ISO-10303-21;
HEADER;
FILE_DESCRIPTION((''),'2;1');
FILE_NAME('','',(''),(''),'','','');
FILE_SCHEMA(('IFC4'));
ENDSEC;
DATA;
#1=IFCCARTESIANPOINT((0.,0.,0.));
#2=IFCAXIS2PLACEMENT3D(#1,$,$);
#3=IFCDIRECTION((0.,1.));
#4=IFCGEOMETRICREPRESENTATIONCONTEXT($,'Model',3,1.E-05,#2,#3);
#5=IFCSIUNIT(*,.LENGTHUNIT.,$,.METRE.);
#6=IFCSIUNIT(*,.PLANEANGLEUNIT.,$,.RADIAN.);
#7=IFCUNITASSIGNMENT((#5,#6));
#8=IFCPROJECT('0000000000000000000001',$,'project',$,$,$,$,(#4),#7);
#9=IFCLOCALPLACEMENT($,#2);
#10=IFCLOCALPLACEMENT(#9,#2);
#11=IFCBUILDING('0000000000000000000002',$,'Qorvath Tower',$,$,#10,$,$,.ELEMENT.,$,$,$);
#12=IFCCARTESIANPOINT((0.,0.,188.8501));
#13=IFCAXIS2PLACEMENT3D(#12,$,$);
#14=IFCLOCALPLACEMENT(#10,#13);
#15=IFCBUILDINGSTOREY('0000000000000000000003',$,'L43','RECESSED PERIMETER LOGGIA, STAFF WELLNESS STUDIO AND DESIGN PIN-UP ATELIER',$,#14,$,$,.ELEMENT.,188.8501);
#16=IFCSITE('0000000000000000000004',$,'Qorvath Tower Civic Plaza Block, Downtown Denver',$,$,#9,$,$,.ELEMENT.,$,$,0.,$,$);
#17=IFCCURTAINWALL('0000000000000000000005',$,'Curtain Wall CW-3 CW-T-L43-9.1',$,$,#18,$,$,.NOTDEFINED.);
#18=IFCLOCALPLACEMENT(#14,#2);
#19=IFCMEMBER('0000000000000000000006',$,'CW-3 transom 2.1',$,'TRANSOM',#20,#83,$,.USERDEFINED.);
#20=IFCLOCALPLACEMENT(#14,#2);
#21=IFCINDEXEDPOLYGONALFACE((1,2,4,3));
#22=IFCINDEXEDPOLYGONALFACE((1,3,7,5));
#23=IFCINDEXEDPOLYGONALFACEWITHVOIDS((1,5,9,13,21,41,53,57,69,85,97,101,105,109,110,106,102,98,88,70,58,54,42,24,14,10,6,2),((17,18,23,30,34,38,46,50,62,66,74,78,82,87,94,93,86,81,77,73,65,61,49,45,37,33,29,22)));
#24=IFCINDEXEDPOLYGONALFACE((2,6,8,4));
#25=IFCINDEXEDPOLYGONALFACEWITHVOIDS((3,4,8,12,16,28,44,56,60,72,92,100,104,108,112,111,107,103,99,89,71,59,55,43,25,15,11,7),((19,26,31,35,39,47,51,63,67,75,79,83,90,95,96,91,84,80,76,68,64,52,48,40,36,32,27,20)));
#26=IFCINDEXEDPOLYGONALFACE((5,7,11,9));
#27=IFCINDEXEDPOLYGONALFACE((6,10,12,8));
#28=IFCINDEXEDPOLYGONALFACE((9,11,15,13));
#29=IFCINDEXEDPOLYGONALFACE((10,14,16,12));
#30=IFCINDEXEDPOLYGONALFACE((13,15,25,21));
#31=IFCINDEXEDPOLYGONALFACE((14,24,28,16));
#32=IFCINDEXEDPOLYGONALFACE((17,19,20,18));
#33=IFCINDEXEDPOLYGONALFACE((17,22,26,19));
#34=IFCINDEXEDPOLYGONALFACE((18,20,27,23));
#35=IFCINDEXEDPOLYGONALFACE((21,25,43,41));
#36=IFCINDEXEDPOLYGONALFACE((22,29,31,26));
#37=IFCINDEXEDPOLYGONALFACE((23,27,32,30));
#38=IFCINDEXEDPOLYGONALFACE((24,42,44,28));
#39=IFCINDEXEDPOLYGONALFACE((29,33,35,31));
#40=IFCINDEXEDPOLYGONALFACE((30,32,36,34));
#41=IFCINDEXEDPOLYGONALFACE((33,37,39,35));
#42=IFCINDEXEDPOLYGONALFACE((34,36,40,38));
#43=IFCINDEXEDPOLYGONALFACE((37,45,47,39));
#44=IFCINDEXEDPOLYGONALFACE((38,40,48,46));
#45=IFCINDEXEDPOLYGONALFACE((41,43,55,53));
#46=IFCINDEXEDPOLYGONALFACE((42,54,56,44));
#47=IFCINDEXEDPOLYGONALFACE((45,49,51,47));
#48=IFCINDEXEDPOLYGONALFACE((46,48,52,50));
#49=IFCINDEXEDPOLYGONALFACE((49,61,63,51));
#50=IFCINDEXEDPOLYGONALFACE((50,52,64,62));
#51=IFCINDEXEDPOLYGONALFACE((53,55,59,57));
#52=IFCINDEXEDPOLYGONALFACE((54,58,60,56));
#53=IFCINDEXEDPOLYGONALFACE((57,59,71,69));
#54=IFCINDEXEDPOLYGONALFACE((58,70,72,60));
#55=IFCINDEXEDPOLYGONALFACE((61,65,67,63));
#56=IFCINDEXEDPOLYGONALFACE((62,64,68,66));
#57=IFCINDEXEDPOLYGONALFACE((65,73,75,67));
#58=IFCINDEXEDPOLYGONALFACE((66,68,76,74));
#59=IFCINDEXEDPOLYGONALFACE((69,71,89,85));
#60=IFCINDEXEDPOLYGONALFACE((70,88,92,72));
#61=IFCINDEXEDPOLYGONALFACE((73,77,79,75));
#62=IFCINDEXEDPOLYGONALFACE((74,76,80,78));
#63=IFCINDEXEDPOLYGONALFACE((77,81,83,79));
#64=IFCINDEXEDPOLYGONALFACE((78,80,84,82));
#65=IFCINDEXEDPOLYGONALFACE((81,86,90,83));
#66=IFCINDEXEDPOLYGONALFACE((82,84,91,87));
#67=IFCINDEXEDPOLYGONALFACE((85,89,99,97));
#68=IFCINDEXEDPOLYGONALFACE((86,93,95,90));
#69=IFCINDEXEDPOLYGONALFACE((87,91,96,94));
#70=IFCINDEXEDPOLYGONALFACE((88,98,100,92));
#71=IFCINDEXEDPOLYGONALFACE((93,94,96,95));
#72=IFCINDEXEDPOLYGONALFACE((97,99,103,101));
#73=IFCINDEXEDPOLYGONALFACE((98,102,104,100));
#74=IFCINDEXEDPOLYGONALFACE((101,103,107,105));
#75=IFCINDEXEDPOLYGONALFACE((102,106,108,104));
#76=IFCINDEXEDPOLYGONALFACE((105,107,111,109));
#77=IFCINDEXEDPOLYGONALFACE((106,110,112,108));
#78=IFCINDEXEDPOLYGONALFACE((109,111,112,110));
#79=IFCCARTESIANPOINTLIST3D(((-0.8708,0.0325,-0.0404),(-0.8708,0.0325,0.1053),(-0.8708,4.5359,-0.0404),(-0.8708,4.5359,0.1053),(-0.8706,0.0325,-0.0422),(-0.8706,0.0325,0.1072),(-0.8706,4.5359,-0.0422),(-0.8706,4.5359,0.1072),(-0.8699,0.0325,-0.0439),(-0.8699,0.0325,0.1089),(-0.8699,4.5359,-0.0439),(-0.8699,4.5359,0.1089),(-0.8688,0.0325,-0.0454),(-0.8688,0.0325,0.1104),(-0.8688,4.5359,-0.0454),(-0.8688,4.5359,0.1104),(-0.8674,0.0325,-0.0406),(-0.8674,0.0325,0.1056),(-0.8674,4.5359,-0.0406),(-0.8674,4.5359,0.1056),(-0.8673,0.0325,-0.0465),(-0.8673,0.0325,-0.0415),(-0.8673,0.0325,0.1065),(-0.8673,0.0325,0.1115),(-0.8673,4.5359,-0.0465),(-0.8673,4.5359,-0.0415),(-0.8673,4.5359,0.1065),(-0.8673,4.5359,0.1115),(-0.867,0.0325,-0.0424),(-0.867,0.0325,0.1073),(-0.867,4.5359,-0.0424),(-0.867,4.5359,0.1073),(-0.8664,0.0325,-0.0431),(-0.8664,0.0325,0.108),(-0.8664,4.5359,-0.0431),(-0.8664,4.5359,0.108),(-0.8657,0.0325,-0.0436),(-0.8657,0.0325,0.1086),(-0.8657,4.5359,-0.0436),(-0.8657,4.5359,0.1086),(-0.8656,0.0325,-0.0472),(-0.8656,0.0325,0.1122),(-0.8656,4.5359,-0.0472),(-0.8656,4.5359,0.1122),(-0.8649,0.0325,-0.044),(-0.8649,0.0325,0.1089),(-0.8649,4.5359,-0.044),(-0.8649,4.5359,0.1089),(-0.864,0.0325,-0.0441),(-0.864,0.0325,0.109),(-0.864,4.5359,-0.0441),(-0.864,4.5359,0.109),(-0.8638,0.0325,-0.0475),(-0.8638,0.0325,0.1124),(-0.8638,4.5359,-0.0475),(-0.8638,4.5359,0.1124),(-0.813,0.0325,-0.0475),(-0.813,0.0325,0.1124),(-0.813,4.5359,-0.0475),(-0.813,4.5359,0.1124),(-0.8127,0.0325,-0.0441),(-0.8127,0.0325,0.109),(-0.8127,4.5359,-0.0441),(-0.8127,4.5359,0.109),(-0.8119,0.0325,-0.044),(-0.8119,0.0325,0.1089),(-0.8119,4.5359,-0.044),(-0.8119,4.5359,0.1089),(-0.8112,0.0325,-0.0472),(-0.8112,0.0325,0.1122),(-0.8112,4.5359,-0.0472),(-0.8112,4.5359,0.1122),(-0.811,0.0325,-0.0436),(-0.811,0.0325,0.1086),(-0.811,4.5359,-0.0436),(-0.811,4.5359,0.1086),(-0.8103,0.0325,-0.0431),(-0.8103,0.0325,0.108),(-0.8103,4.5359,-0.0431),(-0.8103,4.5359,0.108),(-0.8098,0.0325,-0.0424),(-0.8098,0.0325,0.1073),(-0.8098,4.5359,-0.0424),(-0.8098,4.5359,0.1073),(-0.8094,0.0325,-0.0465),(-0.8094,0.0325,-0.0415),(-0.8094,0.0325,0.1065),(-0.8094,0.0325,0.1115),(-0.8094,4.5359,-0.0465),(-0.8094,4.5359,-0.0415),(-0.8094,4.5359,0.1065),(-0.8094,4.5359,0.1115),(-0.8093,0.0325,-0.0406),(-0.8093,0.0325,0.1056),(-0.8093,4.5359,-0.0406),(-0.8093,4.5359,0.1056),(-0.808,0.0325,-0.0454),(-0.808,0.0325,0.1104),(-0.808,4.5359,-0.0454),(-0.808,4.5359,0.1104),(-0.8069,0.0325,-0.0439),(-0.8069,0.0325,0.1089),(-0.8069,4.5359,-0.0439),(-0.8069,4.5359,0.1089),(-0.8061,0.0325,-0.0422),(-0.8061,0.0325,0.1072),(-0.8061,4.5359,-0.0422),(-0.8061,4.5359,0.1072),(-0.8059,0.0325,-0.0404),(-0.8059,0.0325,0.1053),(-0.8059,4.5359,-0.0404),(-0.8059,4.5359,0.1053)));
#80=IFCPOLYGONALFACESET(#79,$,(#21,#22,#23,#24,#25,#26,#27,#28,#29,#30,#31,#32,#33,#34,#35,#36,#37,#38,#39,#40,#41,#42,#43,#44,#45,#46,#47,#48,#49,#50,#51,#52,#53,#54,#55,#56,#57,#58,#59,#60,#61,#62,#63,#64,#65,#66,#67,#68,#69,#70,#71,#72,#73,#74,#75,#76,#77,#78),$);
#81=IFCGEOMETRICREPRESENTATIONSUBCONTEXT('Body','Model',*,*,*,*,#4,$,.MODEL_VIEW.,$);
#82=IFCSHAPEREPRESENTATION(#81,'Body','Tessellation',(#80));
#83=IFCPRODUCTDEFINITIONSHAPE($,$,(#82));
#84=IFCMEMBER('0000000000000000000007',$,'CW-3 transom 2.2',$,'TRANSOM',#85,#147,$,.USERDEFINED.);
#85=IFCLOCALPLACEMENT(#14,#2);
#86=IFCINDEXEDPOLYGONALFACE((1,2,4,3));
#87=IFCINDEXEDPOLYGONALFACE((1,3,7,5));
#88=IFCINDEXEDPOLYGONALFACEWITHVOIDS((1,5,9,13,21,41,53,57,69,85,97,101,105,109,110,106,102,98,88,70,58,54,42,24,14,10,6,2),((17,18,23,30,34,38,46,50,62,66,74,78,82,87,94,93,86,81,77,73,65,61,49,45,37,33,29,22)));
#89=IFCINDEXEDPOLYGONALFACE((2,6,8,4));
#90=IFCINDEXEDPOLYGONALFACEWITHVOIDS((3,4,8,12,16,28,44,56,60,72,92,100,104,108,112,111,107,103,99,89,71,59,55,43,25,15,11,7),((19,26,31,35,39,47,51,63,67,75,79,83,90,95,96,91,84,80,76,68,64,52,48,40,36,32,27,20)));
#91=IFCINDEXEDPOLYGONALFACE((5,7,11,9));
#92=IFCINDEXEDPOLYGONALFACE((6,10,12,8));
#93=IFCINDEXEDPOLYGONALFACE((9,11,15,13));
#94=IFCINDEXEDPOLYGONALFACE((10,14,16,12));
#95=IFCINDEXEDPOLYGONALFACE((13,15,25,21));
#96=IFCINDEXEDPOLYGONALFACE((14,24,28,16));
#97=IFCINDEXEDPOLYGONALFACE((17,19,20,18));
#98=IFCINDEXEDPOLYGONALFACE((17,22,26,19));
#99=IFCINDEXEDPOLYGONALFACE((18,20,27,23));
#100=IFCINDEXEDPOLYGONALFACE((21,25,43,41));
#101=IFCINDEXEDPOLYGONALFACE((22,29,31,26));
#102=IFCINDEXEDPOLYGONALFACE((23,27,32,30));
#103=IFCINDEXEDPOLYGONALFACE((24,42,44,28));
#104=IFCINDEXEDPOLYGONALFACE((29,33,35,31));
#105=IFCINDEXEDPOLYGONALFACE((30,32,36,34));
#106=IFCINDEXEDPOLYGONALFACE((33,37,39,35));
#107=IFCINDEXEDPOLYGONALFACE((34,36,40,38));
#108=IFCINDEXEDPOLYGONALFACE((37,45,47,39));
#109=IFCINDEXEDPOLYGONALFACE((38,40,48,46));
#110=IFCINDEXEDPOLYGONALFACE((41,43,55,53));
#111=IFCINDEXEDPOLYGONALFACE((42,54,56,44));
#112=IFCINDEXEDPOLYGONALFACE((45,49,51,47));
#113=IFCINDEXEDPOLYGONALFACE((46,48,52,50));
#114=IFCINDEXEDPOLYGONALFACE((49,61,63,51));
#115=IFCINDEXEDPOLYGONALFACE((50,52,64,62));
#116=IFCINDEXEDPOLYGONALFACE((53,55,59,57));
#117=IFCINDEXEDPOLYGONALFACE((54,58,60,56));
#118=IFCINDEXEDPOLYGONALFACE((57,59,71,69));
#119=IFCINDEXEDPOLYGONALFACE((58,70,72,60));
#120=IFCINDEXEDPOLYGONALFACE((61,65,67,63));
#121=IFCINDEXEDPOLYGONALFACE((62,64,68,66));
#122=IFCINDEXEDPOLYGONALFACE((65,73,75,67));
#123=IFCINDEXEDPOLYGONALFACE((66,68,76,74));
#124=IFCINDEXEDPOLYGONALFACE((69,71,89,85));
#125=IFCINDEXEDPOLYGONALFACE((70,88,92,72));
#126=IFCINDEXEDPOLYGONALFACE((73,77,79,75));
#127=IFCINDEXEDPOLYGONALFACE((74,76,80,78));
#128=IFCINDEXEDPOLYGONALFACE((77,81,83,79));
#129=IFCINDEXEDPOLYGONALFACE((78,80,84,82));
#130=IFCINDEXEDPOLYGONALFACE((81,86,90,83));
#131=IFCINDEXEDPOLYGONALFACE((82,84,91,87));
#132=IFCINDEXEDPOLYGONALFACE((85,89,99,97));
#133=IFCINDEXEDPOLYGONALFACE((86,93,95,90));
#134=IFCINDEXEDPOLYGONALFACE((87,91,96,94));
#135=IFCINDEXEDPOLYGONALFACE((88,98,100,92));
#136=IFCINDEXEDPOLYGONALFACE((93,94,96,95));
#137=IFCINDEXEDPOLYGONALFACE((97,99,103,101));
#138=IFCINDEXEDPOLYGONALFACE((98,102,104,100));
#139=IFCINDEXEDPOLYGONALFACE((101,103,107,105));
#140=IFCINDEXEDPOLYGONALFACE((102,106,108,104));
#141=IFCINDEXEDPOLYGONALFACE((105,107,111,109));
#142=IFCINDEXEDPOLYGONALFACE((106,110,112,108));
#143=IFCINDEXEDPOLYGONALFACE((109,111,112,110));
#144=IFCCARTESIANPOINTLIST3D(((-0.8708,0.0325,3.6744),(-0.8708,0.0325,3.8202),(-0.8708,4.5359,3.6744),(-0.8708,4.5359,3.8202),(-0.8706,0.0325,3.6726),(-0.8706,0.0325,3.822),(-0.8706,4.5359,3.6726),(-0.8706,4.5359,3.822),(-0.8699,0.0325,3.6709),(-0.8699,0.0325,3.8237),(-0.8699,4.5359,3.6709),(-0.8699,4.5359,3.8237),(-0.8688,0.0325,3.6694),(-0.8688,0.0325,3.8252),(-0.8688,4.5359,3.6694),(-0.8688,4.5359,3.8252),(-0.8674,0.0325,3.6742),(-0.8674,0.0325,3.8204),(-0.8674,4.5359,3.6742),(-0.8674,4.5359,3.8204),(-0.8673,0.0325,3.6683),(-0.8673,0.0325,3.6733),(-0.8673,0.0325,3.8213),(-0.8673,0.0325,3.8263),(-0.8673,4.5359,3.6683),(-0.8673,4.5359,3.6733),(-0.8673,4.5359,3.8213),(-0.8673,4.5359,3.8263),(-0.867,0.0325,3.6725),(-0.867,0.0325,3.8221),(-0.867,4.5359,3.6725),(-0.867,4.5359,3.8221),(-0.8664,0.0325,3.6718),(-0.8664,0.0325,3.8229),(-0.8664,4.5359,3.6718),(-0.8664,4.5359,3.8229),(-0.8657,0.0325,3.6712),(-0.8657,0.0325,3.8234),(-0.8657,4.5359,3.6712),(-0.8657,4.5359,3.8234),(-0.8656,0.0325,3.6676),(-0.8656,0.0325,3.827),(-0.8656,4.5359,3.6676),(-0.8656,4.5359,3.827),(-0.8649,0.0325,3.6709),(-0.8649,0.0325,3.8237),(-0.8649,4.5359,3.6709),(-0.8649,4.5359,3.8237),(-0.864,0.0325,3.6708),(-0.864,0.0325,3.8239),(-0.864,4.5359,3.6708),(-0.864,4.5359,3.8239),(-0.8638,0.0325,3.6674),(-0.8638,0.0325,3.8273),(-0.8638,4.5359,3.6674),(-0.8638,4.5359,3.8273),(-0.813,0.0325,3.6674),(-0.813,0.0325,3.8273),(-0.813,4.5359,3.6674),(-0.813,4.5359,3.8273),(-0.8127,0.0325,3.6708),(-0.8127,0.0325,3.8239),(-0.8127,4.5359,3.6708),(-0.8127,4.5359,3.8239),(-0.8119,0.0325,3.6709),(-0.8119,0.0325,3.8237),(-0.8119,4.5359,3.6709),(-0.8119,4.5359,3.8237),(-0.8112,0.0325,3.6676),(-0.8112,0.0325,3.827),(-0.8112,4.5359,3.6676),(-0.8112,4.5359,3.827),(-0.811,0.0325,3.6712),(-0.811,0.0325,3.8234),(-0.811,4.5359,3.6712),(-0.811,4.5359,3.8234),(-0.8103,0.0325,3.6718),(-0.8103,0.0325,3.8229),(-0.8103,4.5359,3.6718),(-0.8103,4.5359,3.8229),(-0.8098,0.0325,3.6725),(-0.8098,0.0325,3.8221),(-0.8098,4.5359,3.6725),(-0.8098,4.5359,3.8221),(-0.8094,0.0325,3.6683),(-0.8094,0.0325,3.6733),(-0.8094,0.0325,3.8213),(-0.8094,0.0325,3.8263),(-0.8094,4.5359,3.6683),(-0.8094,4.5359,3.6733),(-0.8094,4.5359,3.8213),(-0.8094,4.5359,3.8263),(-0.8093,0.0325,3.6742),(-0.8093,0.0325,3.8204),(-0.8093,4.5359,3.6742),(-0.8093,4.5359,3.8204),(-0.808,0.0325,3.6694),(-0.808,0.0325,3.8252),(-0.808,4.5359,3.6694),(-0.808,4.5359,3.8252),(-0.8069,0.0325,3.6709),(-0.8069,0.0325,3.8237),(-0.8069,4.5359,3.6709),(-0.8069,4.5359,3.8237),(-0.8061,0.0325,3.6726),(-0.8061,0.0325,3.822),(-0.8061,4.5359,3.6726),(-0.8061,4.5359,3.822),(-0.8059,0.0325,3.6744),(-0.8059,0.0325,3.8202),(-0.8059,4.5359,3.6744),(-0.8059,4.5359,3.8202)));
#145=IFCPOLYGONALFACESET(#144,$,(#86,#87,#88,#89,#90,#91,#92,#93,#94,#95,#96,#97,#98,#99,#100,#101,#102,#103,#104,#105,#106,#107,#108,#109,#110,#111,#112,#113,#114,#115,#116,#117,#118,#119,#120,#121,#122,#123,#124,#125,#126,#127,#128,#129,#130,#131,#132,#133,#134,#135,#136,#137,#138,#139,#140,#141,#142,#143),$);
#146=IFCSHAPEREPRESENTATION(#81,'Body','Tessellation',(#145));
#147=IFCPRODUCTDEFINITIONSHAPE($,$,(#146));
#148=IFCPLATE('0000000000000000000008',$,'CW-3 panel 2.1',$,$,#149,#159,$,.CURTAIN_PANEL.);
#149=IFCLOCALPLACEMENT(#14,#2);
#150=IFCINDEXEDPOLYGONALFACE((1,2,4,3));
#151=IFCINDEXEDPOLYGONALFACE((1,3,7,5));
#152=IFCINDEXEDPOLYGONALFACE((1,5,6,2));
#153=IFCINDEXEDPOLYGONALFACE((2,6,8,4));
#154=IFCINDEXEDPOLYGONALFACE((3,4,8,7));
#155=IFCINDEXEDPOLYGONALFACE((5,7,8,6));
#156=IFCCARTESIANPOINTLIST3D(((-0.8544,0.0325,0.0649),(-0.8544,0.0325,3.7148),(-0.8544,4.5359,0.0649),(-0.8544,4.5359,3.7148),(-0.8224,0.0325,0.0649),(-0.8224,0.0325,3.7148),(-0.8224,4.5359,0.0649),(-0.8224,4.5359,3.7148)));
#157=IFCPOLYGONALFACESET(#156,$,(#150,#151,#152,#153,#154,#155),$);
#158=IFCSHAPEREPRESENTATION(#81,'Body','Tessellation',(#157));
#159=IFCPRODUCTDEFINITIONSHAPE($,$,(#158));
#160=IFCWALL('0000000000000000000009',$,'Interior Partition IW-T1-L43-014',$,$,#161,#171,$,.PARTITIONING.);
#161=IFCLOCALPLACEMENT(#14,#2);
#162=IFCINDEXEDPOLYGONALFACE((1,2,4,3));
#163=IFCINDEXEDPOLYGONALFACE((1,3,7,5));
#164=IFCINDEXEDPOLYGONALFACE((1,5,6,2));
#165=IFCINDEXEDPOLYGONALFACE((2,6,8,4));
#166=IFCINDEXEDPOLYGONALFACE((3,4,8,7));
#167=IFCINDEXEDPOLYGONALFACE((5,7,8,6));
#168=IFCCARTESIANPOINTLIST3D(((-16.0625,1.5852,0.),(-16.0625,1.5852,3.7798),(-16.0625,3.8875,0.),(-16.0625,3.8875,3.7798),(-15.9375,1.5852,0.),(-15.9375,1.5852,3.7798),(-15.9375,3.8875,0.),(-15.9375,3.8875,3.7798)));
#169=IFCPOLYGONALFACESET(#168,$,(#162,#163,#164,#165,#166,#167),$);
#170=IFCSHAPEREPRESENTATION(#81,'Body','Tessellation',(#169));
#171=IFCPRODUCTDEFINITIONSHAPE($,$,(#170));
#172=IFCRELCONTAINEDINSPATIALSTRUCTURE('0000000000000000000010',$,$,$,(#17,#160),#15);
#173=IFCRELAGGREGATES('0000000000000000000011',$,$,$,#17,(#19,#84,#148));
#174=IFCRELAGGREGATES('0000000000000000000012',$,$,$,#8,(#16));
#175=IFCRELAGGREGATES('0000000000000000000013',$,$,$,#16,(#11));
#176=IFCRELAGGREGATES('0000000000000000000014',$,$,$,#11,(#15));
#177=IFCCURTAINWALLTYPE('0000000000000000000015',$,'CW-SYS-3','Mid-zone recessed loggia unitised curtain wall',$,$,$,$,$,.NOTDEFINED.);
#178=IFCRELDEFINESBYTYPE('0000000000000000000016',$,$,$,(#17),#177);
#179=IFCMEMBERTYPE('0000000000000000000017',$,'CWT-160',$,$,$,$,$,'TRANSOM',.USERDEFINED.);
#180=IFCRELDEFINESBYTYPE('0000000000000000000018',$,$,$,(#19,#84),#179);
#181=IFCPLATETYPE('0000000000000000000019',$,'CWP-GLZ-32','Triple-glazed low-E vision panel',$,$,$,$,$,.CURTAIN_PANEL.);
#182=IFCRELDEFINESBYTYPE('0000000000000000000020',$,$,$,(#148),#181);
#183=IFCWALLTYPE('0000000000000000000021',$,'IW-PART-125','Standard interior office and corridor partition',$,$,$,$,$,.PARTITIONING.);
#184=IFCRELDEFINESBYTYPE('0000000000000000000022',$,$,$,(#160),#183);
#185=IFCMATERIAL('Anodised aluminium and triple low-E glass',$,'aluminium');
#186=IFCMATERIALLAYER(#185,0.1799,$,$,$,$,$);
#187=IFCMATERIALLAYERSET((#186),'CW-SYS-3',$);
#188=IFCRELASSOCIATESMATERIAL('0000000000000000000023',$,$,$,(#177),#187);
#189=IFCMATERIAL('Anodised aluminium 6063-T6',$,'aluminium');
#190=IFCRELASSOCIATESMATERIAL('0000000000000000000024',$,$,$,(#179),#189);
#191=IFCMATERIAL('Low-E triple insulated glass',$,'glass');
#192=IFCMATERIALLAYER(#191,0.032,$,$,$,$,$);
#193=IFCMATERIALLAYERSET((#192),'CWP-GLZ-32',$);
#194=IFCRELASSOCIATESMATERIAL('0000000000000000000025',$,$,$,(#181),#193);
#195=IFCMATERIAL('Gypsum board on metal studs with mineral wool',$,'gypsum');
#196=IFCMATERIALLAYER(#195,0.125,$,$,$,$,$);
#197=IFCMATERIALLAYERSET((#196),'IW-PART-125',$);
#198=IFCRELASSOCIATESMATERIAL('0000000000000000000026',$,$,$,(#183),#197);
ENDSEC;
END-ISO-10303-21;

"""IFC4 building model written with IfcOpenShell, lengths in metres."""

from ifc_helpers import new_model, si_unit, direction, frame, frame_2d, origin, origin_2d, place, context, subcontext, project, spatial, rectangle, hollow_rectangle, extrude, material, layer, layer_set, material_profile, profile_set, type_object, element, aggregate, save


model = new_model("IFC4")

# Units and contexts
model_context = context("Model", 3, precision=1e-05, world=origin(), true_north=direction((0.0, 1.0)))
body_context = subcontext(model_context, "Body", "Model", "MODEL_VIEW")
ifc_project = project(units=[si_unit("LENGTHUNIT", "METRE"), si_unit("PLANEANGLEUNIT", "RADIAN")], contexts=[model_context])

# Site, building, storey
site_placement = place(None, origin())
site = spatial("IfcSite", under=ifc_project, at=site_placement, Name="Qorvath Tower Civic Plaza Block, Downtown Denver", CompositionType="ELEMENT", RefElevation=0.0)
building_placement = place(site_placement, origin())
building = spatial("IfcBuilding", under=site, at=building_placement, Name="Qorvath Tower", CompositionType="ELEMENT")
storey_placement = place(building_placement, frame((0.0, 0.0, 188.8501)))
storey = spatial("IfcBuildingStorey", under=building, at=storey_placement, Name="L43", Description="RECESSED PERIMETER LOGGIA, STAFF WELLNESS STUDIO AND DESIGN PIN-UP ATELIER", CompositionType="ELEMENT", Elevation=188.8501)

# Curtain wall, members, plate
ifc_material_1 = material(Name="Anodised aluminium and triple low-E glass", Category="aluminium")
ifc_layer_1 = layer(ifc_material_1, 0.1799)
ifc_layer_set_1 = layer_set([ifc_layer_1], Name="CW-SYS-3")
curtain_wall_type = type_object("IfcCurtainWallType", Name="CW-SYS-3", Description="Mid-zone recessed loggia unitised curtain wall", PredefinedType="NOTDEFINED", material=ifc_layer_set_1)
curtain_wall_placement = place(storey_placement, origin())
curtain_wall = element("IfcCurtainWall", 1, at=curtain_wall_placement, inside=storey, type_object=curtain_wall_type, Name="Curtain Wall CW-3 CW-T-L43-9.1", PredefinedType="NOTDEFINED")
ifc_material_2 = material(Name="Anodised aluminium 6063-T6", Category="aluminium")
ifc_material_profile = material_profile(ifc_material_2, hollow_rectangle(XDim=0.0649, YDim=0.1599, WallThickness=0.0034, InnerFilletRadius=0.0034, OuterFilletRadius=0.0071, at=origin_2d()), Name="CWT 160x65")
ifc_profile_set = profile_set([ifc_material_profile], Name="Anodised aluminium 6063-T6")
member_type = type_object("IfcMemberType", Name="CWT-160", ElementType="TRANSOM", PredefinedType="USERDEFINED", material=ifc_profile_set)
member_1_placement = place(storey_placement, frame((-0.8384, 0.0325, 0.0325), z_axis=(0.0, 1.0, 0.0), x_axis=(-1.0, 0.0, 0.0)))
member_1 = element("IfcMember", 2, at=member_1_placement, type_object=member_type, Name="CW-3 transom 2.1", ObjectType="TRANSOM", PredefinedType="USERDEFINED", context=body_context, shape_type="SweptSolid", body=[
    extrude(hollow_rectangle(XDim=0.0649, YDim=0.1599, WallThickness=0.0034, InnerFilletRadius=0.0034, OuterFilletRadius=0.0071, at=origin_2d()), origin(), (0.0, 0.0, 1.0), 4.5034),
])
member_2_placement = place(storey_placement, frame((-0.8384, 0.0325, 3.7473), z_axis=(0.0, 1.0, 0.0), x_axis=(-1.0, 0.0, 0.0)))
member_2 = element("IfcMember", 3, at=member_2_placement, type_object=member_type, Name="CW-3 transom 2.2", ObjectType="TRANSOM", PredefinedType="USERDEFINED", context=body_context, shape_type="SweptSolid", body=[
    extrude(hollow_rectangle(XDim=0.0649, YDim=0.1599, WallThickness=0.0034, InnerFilletRadius=0.0034, OuterFilletRadius=0.0071, at=origin_2d()), origin(), (0.0, 0.0, 1.0), 4.5034),
])
ifc_material_3 = material(Name="Low-E triple insulated glass", Category="glass")
ifc_layer_2 = layer(ifc_material_3, 0.032)
ifc_layer_set_2 = layer_set([ifc_layer_2], Name="CWP-GLZ-32")
plate_type = type_object("IfcPlateType", Name="CWP-GLZ-32", Description="Triple-glazed low-E vision panel", PredefinedType="CURTAIN_PANEL", material=ifc_layer_set_2)
plate_placement = place(storey_placement, frame((-0.8384, 2.2842, 0.0649), z_axis=(0.0, 0.0, 1.0), x_axis=(0.0, 1.0, 0.0)))
plate = element("IfcPlate", 4, at=plate_placement, type_object=plate_type, Name="CW-3 panel 2.1", PredefinedType="CURTAIN_PANEL", context=body_context, shape_type="SweptSolid", body=[
    extrude(rectangle(XDim=4.5034, YDim=0.032, at=origin_2d()), origin(), (0.0, 0.0, 1.0), 3.6499),
])
aggregate(curtain_wall, [member_1, member_2, plate])

# Wall
ifc_material_4 = material(Name="Gypsum board on metal studs with mineral wool", Category="gypsum")
ifc_layer_3 = layer(ifc_material_4, 0.125)
ifc_layer_set_3 = layer_set([ifc_layer_3], Name="IW-PART-125")
wall_type = type_object("IfcWallType", Name="IW-PART-125", Description="Standard interior office and corridor partition", PredefinedType="PARTITIONING", material=ifc_layer_set_3)
wall_1_placement = place(storey_placement, frame((-16.0, 1.5852, 0.0), z_axis=(0.0, 0.0, 1.0), x_axis=(0.0, 1.0, 0.0)))
element("IfcWall", 5, at=wall_1_placement, inside=storey, type_object=wall_type, Name="Interior Partition IW-T1-L43-014", PredefinedType="PARTITIONING", context=body_context, shape_type="SweptSolid", body=[
    extrude(rectangle(XDim=2.3022, YDim=0.125, at=frame_2d((1.1511, 0.0))), origin(), (0.0, 0.0, 1.0), 3.7798),
])

save(model, "model.ifc")
